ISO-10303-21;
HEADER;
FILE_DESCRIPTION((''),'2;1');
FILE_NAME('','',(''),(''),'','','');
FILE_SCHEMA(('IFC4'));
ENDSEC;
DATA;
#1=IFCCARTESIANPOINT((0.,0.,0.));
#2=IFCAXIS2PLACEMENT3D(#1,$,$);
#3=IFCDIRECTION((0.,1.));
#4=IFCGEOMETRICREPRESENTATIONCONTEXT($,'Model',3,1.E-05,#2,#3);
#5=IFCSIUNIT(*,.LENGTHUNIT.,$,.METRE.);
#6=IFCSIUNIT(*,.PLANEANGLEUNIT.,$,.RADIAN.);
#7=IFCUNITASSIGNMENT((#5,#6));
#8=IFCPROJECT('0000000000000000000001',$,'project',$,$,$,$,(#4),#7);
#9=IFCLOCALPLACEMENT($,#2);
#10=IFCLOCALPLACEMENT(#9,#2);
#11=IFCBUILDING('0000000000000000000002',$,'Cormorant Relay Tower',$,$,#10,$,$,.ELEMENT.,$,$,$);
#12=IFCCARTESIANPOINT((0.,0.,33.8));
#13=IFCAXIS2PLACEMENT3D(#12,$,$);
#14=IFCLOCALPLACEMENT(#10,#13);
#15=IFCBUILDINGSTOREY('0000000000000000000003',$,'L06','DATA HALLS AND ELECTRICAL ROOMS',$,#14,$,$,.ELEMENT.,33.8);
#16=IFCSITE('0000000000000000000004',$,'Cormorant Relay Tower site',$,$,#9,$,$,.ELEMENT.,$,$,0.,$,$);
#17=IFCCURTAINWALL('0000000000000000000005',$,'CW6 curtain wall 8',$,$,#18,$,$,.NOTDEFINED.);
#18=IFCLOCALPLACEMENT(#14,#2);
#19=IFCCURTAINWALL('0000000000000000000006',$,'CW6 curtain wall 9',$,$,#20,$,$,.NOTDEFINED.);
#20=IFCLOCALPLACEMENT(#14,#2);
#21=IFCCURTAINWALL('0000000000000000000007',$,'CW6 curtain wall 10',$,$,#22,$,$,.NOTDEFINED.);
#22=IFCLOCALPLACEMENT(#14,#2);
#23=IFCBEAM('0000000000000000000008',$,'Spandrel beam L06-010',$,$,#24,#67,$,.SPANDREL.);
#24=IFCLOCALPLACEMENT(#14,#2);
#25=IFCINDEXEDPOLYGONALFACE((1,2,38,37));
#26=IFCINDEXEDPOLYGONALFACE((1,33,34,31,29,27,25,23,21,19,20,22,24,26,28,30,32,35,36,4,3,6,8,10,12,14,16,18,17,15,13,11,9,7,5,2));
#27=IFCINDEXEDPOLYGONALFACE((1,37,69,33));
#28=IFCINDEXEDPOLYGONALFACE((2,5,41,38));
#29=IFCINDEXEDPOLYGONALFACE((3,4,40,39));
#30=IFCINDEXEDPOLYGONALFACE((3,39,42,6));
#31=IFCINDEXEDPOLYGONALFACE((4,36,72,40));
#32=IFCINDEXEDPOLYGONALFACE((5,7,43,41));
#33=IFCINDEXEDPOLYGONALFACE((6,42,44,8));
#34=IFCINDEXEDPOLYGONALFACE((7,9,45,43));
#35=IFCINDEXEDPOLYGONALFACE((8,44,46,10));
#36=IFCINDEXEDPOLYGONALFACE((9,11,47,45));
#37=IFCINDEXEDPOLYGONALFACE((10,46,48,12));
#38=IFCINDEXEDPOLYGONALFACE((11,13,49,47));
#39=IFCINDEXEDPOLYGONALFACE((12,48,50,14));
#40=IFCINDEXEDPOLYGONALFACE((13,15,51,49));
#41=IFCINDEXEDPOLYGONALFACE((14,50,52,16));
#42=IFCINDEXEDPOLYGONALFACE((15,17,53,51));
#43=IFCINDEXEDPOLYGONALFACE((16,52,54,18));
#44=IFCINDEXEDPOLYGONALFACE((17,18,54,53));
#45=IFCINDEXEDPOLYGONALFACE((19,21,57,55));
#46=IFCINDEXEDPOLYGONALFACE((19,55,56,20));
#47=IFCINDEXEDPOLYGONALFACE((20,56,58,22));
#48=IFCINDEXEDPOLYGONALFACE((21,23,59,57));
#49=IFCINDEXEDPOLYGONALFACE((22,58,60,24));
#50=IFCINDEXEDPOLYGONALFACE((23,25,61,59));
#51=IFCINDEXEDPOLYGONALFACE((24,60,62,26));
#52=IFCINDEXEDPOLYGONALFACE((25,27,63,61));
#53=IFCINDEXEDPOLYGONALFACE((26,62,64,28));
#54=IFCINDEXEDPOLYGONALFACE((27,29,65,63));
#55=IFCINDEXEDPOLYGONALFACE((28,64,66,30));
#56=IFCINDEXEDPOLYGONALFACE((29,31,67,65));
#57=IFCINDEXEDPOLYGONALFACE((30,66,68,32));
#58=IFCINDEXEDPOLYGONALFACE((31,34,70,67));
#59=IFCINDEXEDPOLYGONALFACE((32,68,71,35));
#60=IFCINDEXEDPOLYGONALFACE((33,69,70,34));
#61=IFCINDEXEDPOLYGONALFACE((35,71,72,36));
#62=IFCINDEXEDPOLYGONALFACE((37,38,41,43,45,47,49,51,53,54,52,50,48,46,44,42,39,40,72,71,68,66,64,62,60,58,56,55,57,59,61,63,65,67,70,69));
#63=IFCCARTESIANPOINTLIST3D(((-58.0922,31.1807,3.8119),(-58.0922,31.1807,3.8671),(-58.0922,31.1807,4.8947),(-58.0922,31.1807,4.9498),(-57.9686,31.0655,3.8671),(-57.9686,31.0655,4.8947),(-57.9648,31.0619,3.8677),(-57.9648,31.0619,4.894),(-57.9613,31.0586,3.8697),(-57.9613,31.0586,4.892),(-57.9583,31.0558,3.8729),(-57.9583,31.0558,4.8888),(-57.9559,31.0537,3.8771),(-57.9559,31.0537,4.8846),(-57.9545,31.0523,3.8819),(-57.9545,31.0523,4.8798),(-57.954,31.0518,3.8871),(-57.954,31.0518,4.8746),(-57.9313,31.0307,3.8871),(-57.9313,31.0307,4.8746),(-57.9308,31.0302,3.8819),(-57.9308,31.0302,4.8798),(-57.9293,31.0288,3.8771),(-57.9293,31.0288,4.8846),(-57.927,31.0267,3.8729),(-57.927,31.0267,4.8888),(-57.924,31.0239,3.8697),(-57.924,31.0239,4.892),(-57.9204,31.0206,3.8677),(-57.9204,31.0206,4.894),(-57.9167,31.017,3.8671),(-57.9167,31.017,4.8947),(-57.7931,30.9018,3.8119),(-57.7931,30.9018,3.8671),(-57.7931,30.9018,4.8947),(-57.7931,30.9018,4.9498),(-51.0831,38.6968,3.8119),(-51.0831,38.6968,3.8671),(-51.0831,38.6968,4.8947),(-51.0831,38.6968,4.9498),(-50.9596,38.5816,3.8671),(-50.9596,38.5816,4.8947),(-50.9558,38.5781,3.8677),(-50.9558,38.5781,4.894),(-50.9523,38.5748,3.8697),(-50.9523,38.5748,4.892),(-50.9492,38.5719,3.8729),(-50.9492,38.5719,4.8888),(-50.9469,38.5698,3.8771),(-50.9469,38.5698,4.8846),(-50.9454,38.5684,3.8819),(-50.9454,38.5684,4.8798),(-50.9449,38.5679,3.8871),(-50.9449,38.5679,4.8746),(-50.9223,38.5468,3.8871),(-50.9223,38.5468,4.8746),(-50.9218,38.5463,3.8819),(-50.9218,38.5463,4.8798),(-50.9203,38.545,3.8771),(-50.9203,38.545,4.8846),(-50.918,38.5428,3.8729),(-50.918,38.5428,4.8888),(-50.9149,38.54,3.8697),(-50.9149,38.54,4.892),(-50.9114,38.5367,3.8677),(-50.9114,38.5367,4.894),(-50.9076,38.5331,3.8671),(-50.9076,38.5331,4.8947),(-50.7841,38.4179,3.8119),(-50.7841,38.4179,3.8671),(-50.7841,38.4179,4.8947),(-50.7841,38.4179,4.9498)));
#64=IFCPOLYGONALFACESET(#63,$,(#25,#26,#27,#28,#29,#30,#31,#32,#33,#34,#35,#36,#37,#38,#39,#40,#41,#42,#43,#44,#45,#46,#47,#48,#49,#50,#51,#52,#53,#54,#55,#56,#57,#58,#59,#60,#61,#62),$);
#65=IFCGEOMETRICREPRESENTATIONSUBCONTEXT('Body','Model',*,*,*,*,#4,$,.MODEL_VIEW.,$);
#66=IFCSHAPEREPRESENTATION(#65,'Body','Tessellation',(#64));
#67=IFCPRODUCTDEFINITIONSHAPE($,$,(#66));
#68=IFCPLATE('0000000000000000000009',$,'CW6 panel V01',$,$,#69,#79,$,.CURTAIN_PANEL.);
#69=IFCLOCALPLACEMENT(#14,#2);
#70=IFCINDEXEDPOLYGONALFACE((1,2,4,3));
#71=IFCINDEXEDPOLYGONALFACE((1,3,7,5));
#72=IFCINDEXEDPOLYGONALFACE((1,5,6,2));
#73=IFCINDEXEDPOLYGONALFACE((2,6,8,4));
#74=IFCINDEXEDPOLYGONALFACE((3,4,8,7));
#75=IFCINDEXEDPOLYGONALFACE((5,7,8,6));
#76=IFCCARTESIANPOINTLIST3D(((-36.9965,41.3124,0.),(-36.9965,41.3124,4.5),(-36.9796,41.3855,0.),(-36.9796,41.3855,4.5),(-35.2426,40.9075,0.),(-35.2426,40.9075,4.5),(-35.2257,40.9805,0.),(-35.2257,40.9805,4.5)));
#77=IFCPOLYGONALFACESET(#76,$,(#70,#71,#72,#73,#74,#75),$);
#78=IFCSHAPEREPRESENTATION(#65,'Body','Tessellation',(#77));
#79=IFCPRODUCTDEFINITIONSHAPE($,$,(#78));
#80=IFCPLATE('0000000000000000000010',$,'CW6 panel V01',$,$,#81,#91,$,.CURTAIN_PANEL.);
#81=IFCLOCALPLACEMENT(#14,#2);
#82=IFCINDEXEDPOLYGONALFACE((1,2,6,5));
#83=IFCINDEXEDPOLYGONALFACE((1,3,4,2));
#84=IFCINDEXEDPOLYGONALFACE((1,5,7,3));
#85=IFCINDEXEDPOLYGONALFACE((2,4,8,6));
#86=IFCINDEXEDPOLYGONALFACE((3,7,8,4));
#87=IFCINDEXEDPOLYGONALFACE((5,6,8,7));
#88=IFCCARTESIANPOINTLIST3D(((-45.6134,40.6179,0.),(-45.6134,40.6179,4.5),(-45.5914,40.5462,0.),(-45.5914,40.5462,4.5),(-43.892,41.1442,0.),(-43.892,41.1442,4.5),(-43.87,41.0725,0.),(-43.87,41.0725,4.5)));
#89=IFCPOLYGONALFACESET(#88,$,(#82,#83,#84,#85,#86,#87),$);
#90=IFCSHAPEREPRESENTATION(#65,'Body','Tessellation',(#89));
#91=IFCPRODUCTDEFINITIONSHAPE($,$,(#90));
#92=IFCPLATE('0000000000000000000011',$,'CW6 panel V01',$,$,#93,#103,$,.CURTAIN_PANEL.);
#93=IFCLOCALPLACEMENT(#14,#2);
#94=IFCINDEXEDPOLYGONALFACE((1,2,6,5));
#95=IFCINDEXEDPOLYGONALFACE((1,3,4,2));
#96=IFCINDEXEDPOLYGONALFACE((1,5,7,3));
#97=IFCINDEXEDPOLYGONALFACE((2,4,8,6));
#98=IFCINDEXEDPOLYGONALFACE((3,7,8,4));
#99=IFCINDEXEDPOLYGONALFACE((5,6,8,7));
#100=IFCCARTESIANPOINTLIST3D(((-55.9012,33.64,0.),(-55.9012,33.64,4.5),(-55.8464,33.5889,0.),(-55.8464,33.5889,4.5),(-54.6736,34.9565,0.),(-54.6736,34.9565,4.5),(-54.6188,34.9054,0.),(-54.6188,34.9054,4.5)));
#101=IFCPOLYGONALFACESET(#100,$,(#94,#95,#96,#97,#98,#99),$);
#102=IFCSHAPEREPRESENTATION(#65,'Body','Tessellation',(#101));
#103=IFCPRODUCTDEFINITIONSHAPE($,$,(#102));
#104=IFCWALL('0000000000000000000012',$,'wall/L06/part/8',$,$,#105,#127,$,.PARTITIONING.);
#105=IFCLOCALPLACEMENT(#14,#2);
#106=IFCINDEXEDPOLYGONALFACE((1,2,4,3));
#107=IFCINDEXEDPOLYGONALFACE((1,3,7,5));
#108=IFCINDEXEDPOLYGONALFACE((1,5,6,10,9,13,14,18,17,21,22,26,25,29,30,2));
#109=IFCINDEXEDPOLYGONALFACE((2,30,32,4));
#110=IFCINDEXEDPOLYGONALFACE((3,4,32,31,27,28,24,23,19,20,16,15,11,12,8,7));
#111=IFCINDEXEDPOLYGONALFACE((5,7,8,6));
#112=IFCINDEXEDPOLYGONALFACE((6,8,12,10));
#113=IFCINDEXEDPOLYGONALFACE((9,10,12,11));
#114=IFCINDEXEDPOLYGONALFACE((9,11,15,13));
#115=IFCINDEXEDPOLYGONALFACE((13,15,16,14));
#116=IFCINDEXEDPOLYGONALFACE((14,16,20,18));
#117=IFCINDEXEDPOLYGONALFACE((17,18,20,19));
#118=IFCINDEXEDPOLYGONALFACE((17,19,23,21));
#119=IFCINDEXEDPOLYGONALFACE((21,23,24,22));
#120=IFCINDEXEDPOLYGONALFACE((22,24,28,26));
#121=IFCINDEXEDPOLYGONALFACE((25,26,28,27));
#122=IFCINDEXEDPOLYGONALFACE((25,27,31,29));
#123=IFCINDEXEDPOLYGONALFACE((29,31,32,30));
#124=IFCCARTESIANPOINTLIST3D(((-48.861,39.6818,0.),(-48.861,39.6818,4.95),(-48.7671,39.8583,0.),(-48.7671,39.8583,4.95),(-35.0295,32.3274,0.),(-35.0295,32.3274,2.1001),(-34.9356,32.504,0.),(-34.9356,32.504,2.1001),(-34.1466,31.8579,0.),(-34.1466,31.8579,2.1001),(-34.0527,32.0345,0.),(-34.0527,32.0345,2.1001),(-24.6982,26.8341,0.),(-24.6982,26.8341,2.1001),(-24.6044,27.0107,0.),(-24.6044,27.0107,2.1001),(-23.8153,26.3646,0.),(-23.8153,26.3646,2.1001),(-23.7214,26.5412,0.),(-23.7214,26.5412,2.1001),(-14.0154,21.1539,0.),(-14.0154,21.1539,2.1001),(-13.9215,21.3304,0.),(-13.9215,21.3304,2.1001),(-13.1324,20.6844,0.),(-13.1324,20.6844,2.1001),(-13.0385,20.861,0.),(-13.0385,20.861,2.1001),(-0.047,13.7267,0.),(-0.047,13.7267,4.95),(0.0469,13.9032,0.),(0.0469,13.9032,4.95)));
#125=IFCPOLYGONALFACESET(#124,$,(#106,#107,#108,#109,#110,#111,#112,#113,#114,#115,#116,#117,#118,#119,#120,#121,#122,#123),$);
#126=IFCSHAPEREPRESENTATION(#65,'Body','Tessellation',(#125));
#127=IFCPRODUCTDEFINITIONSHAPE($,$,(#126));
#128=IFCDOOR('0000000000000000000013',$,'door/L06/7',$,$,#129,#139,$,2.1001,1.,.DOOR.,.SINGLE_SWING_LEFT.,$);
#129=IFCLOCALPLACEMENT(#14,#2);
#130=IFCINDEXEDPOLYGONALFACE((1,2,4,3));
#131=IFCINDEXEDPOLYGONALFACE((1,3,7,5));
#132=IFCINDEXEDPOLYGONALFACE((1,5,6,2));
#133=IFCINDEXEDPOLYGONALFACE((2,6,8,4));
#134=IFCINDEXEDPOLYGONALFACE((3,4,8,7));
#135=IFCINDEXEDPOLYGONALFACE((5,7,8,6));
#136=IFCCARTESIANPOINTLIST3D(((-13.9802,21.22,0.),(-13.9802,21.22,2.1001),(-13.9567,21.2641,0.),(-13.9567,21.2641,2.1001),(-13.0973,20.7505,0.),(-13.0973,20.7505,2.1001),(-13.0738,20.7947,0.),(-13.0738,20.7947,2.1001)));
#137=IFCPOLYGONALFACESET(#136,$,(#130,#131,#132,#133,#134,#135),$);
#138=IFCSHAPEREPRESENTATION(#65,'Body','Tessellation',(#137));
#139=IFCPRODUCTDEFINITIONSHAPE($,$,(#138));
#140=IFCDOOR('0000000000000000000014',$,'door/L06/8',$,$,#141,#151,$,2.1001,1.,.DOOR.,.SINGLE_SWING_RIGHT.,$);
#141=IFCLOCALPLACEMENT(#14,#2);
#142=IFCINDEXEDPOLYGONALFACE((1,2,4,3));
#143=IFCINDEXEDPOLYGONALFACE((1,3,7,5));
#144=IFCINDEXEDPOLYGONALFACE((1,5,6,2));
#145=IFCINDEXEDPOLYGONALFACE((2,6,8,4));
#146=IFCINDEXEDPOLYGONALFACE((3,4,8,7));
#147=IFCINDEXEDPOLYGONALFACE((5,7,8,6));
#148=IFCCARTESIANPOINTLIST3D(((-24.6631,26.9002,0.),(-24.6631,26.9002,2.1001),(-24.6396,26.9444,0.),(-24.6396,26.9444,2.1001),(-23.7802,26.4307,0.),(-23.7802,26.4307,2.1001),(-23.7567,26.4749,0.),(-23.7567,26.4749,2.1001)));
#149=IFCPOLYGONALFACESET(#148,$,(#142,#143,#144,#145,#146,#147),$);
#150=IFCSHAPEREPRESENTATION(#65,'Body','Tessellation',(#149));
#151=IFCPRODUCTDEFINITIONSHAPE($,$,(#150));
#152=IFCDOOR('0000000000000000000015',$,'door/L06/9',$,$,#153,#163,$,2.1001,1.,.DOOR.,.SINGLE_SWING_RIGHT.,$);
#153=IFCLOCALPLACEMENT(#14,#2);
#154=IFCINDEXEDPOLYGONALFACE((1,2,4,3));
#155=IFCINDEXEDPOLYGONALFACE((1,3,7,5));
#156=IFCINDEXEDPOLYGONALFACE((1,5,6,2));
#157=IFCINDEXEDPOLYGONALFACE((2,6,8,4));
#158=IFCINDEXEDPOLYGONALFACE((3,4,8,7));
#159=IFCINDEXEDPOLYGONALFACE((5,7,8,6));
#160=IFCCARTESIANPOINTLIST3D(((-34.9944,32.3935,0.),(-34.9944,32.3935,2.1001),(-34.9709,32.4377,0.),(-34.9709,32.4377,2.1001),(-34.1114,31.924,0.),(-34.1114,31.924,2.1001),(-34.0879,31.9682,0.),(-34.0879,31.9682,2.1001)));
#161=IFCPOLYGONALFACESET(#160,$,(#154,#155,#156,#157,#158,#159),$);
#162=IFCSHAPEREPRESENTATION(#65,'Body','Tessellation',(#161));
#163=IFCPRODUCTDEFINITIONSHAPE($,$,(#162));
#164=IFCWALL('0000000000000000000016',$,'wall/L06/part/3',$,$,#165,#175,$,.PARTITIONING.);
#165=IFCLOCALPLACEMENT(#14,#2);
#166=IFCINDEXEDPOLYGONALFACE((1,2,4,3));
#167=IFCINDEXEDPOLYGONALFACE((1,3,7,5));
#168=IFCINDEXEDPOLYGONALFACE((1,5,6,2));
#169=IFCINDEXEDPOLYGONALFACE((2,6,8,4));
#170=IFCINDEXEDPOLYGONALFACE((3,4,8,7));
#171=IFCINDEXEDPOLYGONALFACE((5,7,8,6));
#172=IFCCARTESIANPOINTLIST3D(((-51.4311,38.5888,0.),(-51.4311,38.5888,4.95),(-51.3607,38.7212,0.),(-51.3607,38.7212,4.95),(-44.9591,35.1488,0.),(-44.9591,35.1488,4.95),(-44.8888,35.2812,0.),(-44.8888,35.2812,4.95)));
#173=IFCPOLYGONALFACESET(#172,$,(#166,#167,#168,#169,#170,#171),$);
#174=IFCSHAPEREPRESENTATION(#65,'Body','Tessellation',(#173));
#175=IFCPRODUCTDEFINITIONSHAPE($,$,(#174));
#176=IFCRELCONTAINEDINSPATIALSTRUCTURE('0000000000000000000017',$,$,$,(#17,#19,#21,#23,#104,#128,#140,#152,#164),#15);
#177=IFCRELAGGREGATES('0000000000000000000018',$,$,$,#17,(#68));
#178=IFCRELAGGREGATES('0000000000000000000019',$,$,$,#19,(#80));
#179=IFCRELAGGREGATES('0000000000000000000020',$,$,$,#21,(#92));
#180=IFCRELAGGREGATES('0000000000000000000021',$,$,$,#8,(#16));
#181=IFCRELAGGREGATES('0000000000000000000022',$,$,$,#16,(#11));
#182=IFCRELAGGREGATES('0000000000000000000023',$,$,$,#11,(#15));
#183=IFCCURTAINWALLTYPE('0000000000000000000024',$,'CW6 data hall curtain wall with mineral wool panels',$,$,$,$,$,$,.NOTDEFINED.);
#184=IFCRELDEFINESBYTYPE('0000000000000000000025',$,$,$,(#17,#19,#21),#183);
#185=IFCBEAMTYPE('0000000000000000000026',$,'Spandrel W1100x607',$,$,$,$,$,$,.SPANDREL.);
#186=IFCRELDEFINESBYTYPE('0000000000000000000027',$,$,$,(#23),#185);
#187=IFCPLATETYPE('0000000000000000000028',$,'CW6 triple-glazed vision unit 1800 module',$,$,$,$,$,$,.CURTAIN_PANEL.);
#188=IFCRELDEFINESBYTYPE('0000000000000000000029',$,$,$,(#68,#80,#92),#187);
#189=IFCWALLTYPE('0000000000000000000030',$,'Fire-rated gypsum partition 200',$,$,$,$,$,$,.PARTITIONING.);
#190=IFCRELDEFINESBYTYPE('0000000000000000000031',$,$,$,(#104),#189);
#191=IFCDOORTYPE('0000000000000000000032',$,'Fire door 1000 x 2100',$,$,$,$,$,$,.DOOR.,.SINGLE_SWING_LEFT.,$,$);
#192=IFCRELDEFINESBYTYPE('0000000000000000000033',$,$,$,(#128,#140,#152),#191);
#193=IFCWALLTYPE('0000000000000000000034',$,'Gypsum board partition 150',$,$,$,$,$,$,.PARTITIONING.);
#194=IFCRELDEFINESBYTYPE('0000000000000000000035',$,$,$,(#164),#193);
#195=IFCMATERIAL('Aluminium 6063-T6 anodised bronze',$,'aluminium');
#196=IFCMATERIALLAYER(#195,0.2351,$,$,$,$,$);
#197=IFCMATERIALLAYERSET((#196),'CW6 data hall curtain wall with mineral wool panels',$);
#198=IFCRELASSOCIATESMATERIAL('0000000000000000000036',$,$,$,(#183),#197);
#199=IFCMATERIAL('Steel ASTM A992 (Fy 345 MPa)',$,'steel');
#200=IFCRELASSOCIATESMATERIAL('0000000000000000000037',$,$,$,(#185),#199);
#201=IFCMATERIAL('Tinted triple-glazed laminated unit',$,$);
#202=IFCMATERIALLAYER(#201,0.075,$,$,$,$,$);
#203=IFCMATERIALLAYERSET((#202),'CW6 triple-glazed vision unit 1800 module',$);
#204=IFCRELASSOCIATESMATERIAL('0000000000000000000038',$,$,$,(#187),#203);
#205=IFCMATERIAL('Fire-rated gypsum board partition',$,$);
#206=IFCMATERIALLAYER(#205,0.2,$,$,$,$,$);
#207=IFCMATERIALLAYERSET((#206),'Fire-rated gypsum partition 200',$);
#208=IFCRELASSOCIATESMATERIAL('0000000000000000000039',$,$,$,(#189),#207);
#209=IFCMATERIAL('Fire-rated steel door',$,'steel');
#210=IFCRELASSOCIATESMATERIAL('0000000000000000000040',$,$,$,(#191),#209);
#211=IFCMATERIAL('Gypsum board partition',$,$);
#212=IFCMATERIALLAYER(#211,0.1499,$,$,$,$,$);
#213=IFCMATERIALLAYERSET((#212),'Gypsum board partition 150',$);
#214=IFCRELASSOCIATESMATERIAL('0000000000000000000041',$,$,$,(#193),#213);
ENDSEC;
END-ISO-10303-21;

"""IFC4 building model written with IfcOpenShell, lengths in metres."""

from ifc_helpers import new_model, si_unit, direction, frame, frame_2d, origin, origin_2d, place, context, subcontext, project, spatial, rectangle, i_section, extrude, material, layer, layer_set, material_profile, profile_set, type_object, element, fill, aggregate, save


model = new_model("IFC4")

# Units and contexts
model_context = context("Model", 3, precision=1e-05, world=origin(), true_north=direction((0.0, 1.0)))
body_context = subcontext(model_context, "Body", "Model", "MODEL_VIEW")
ifc_project = project(units=[si_unit("LENGTHUNIT", "METRE"), si_unit("PLANEANGLEUNIT", "RADIAN")], contexts=[model_context])

# Site, building, storey
site_placement = place(None, origin())
site = spatial("IfcSite", under=ifc_project, at=site_placement, Name="Cormorant Relay Tower site", CompositionType="ELEMENT", RefElevation=0.0)
building_placement = place(site_placement, origin())
building = spatial("IfcBuilding", under=site, at=building_placement, Name="Cormorant Relay Tower", CompositionType="ELEMENT")
storey_placement = place(building_placement, frame((0.0, 0.0, 33.8)))
storey = spatial("IfcBuildingStorey", under=building, at=storey_placement, Name="L06", Description="DATA HALLS AND ELECTRICAL ROOMS", CompositionType="ELEMENT", Elevation=33.8)

# Curtain wall
ifc_material_1 = material(Name="Aluminium 6063-T6 anodised bronze", Category="aluminium")
ifc_layer_1 = layer(ifc_material_1, 0.2351)
ifc_layer_set_1 = layer_set([ifc_layer_1], Name="CW6 data hall curtain wall with mineral wool panels")
curtain_wall_type = type_object("IfcCurtainWallType", Name="CW6 data hall curtain wall with mineral wool panels", PredefinedType="NOTDEFINED", material=ifc_layer_set_1)
curtain_wall_1_placement = place(storey_placement, origin())
curtain_wall_1 = element("IfcCurtainWall", 1, at=curtain_wall_1_placement, inside=storey, type_object=curtain_wall_type, Name="CW6 curtain wall 8", PredefinedType="NOTDEFINED")

# Curtain walls
curtain_wall_2_placement = place(storey_placement, origin())
curtain_wall_2 = element("IfcCurtainWall", 2, at=curtain_wall_2_placement, inside=storey, type_object=curtain_wall_type, Name="CW6 curtain wall 9", PredefinedType="NOTDEFINED")
curtain_wall_3_placement = place(storey_placement, origin())
curtain_wall_3 = element("IfcCurtainWall", 3, at=curtain_wall_3_placement, inside=storey, type_object=curtain_wall_type, Name="CW6 curtain wall 10", PredefinedType="NOTDEFINED")

# Beam
ifc_material_2 = material(Name="Steel ASTM A992 (Fy 345 MPa)", Category="steel")
ifc_material_profile_1 = material_profile(ifc_material_2, i_section(OverallWidth=0.4089, OverallDepth=1.1379, WebThickness=0.031, FlangeThickness=0.0552, FilletRadius=0.02, at=origin_2d()), Name="W1100x607")
ifc_profile_set_1 = profile_set([ifc_material_profile_1], Name="Steel ASTM A992 (Fy 345 MPa)")
beam_type = type_object("IfcBeamType", Name="Spandrel W1100x607", PredefinedType="SPANDREL", material=ifc_profile_set_1)
beam_1_placement = place(storey_placement, frame((-50.9336, 38.5574, 4.3809), z_axis=(-0.682006, -0.731347, 0.0), x_axis=(0.731347, -0.682006, 0.0)))
element("IfcBeam", 4, at=beam_1_placement, inside=storey, type_object=beam_type, Name="Spandrel beam L06-010", PredefinedType="SPANDREL", context=body_context, shape_type="SweptSolid", body=[
    extrude(i_section(OverallWidth=0.4089, OverallDepth=1.1379, WebThickness=0.031, FlangeThickness=0.0552, FilletRadius=0.02, at=origin_2d()), origin(), (0.0, 0.0, 1.0), 10.2771),
])

# Plates
ifc_material_3 = material(Name="Tinted triple-glazed laminated unit")
ifc_layer_2 = layer(ifc_material_3, 0.075)
ifc_layer_set_2 = layer_set([ifc_layer_2], Name="CW6 triple-glazed vision unit 1800 module")
plate_type = type_object("IfcPlateType", Name="CW6 triple-glazed vision unit 1800 module", PredefinedType="CURTAIN_PANEL", material=ifc_layer_set_2)
plate_1_placement = place(storey_placement, frame((-36.1111, 41.1465, 0.0), z_axis=(0.0, 0.0, 1.0), x_axis=(-0.97437, 0.224951, 0.0)))
plate_1 = element("IfcPlate", 5, at=plate_1_placement, type_object=plate_type, Name="CW6 panel V01", PredefinedType="CURTAIN_PANEL", context=body_context, shape_type="SweptSolid", body=[
    extrude(rectangle(XDim=1.8, YDim=0.075, at=origin_2d()), origin(), (0.0, 0.0, 1.0), 4.5),
])
plate_2_placement = place(storey_placement, frame((-44.7417, 40.8452, 0.0), z_axis=(0.0, 0.0, 1.0), x_axis=(-0.956305, -0.292372, 0.0)))
plate_2 = element("IfcPlate", 6, at=plate_2_placement, type_object=plate_type, Name="CW6 panel V01", PredefinedType="CURTAIN_PANEL", context=body_context, shape_type="SweptSolid", body=[
    extrude(rectangle(XDim=1.8, YDim=0.075, at=origin_2d()), origin(), (0.0, 0.0, 1.0), 4.5),
])
plate_3_placement = place(storey_placement, frame((-55.26, 34.2727, 0.0), z_axis=(0.0, 0.0, 1.0), x_axis=(-0.681998, -0.731354, 0.0)))
plate_3 = element("IfcPlate", 7, at=plate_3_placement, type_object=plate_type, Name="CW6 panel V01", PredefinedType="CURTAIN_PANEL", context=body_context, shape_type="SweptSolid", body=[
    extrude(rectangle(XDim=1.8, YDim=0.075, at=origin_2d()), origin(), (0.0, 0.0, 1.0), 4.5),
])

# Wall, openings, doors
ifc_material_4 = material(Name="Fire-rated gypsum board partition")
ifc_layer_3 = layer(ifc_material_4, 0.2)
ifc_layer_set_3 = layer_set([ifc_layer_3], Name="Fire-rated gypsum partition 200")
wall_type_1 = type_object("IfcWallType", Name="Fire-rated gypsum partition 200", PredefinedType="PARTITIONING", material=ifc_layer_set_3)
wall_1_placement = place(storey_placement, frame((-48.814, 39.77, 0.0), z_axis=(0.0, 0.0, 1.0), x_axis=(0.882946, -0.469475, 0.0)))
wall_1 = element("IfcWall", 8, at=wall_1_placement, inside=storey, type_object=wall_type_1, Name="wall/L06/part/8", PredefinedType="PARTITIONING", context=body_context, shape_type="SweptSolid", body=[
    extrude(rectangle(XDim=55.2854, YDim=0.2, at=frame_2d((27.6426, 0.0))), origin(), (0.0, 0.0, 1.0), 4.95),
])
opening_1_placement = place(wall_1_placement, frame((39.4651, 0.0, 0.0)))
opening_1 = element("IfcOpeningElement", 9, at=opening_1_placement, cuts=wall_1, PredefinedType="OPENING", context=body_context, shape_type="SweptSolid", body=[
    extrude(rectangle(XDim=1.0, YDim=2.1001, at=frame_2d((0.5, 1.05))), frame((0.0, 0.1099, 0.0), z_axis=(0.0, -1.0, 0.0), x_axis=(1.0, 0.0, 0.0)), (0.0, 0.0, 1.0), 0.22),
])
opening_2_placement = place(wall_1_placement, frame((27.366, 0.0, 0.0)))
opening_2 = element("IfcOpeningElement", 10, at=opening_2_placement, cuts=wall_1, PredefinedType="OPENING", context=body_context, shape_type="SweptSolid", body=[
    extrude(rectangle(XDim=1.0, YDim=2.1001, at=frame_2d((0.5, 1.05))), frame((0.0, 0.1099, 0.0), z_axis=(0.0, -1.0, 0.0), x_axis=(1.0, 0.0, 0.0)), (0.0, 0.0, 1.0), 0.22),
])
opening_3_placement = place(wall_1_placement, frame((15.665, 0.0, 0.0)))
opening_3 = element("IfcOpeningElement", 11, at=opening_3_placement, cuts=wall_1, PredefinedType="OPENING", context=body_context, shape_type="SweptSolid", body=[
    extrude(rectangle(XDim=1.0, YDim=2.1001, at=frame_2d((0.5, 1.05))), frame((0.0, 0.1099, 0.0), z_axis=(0.0, -1.0, 0.0), x_axis=(1.0, 0.0, 0.0)), (0.0, 0.0, 1.0), 0.22),
])
ifc_material_5 = material(Name="Fire-rated steel door", Category="steel")
door_type = type_object("IfcDoorType", Name="Fire door 1000 x 2100", OperationType="SINGLE_SWING_LEFT", PredefinedType="DOOR", material=ifc_material_5)
door_1_placement = place(opening_1_placement, origin())
door_1 = element("IfcDoor", 12, at=door_1_placement, inside=storey, type_object=door_type, Name="door/L06/7", OperationType="SINGLE_SWING_LEFT", OverallHeight=2.1001, OverallWidth=1.0, PredefinedType="DOOR", context=body_context, shape_type="SweptSolid", body=[
    extrude(rectangle(XDim=1.0, YDim=2.1001, at=frame_2d((0.5, 1.05))), frame((0.0, 0.0249, 0.0), z_axis=(0.0, -1.0, 0.0), x_axis=(1.0, 0.0, 0.0)), (0.0, 0.0, 1.0), 0.05),
])
fill(opening_1, door_1)
door_2_placement = place(opening_2_placement, origin())
door_2 = element("IfcDoor", 13, at=door_2_placement, inside=storey, type_object=door_type, Name="door/L06/8", OperationType="SINGLE_SWING_RIGHT", OverallHeight=2.1001, OverallWidth=1.0, PredefinedType="DOOR", context=body_context, shape_type="SweptSolid", body=[
    extrude(rectangle(XDim=1.0, YDim=2.1001, at=frame_2d((0.5, 1.05))), frame((0.0, 0.0249, 0.0), z_axis=(0.0, -1.0, 0.0), x_axis=(1.0, 0.0, 0.0)), (0.0, 0.0, 1.0), 0.05),
])
fill(opening_2, door_2)
door_3_placement = place(opening_3_placement, origin())
door_3 = element("IfcDoor", 14, at=door_3_placement, inside=storey, type_object=door_type, Name="door/L06/9", OperationType="SINGLE_SWING_RIGHT", OverallHeight=2.1001, OverallWidth=1.0, PredefinedType="DOOR", context=body_context, shape_type="SweptSolid", body=[
    extrude(rectangle(XDim=1.0, YDim=2.1001, at=frame_2d((0.5, 1.05))), frame((0.0, 0.0249, 0.0), z_axis=(0.0, -1.0, 0.0), x_axis=(1.0, 0.0, 0.0)), (0.0, 0.0, 1.0), 0.05),
])
fill(opening_3, door_3)

# Wall
ifc_material_6 = material(Name="Gypsum board partition")
ifc_layer_4 = layer(ifc_material_6, 0.1499)
ifc_layer_set_4 = layer_set([ifc_layer_4], Name="Gypsum board partition 150")
wall_type_2 = type_object("IfcWallType", Name="Gypsum board partition 150", PredefinedType="PARTITIONING", material=ifc_layer_set_4)
wall_2_placement = place(storey_placement, frame((-44.9241, 35.2151, 0.0), z_axis=(0.0, 0.0, 1.0), x_axis=(-0.883018, 0.469339, 0.0)))
element("IfcWall", 15, at=wall_2_placement, inside=storey, type_object=wall_type_2, Name="wall/L06/part/3", PredefinedType="PARTITIONING", context=body_context, shape_type="SweptSolid", body=[
    extrude(rectangle(XDim=7.3293, YDim=0.1499, at=frame_2d((3.6646, 0.0))), origin(), (0.0, 0.0, 1.0), 4.95),
])

aggregate(curtain_wall_1, [plate_1])
aggregate(curtain_wall_2, [plate_2])
aggregate(curtain_wall_3, [plate_3])

save(model, "model.ifc")
